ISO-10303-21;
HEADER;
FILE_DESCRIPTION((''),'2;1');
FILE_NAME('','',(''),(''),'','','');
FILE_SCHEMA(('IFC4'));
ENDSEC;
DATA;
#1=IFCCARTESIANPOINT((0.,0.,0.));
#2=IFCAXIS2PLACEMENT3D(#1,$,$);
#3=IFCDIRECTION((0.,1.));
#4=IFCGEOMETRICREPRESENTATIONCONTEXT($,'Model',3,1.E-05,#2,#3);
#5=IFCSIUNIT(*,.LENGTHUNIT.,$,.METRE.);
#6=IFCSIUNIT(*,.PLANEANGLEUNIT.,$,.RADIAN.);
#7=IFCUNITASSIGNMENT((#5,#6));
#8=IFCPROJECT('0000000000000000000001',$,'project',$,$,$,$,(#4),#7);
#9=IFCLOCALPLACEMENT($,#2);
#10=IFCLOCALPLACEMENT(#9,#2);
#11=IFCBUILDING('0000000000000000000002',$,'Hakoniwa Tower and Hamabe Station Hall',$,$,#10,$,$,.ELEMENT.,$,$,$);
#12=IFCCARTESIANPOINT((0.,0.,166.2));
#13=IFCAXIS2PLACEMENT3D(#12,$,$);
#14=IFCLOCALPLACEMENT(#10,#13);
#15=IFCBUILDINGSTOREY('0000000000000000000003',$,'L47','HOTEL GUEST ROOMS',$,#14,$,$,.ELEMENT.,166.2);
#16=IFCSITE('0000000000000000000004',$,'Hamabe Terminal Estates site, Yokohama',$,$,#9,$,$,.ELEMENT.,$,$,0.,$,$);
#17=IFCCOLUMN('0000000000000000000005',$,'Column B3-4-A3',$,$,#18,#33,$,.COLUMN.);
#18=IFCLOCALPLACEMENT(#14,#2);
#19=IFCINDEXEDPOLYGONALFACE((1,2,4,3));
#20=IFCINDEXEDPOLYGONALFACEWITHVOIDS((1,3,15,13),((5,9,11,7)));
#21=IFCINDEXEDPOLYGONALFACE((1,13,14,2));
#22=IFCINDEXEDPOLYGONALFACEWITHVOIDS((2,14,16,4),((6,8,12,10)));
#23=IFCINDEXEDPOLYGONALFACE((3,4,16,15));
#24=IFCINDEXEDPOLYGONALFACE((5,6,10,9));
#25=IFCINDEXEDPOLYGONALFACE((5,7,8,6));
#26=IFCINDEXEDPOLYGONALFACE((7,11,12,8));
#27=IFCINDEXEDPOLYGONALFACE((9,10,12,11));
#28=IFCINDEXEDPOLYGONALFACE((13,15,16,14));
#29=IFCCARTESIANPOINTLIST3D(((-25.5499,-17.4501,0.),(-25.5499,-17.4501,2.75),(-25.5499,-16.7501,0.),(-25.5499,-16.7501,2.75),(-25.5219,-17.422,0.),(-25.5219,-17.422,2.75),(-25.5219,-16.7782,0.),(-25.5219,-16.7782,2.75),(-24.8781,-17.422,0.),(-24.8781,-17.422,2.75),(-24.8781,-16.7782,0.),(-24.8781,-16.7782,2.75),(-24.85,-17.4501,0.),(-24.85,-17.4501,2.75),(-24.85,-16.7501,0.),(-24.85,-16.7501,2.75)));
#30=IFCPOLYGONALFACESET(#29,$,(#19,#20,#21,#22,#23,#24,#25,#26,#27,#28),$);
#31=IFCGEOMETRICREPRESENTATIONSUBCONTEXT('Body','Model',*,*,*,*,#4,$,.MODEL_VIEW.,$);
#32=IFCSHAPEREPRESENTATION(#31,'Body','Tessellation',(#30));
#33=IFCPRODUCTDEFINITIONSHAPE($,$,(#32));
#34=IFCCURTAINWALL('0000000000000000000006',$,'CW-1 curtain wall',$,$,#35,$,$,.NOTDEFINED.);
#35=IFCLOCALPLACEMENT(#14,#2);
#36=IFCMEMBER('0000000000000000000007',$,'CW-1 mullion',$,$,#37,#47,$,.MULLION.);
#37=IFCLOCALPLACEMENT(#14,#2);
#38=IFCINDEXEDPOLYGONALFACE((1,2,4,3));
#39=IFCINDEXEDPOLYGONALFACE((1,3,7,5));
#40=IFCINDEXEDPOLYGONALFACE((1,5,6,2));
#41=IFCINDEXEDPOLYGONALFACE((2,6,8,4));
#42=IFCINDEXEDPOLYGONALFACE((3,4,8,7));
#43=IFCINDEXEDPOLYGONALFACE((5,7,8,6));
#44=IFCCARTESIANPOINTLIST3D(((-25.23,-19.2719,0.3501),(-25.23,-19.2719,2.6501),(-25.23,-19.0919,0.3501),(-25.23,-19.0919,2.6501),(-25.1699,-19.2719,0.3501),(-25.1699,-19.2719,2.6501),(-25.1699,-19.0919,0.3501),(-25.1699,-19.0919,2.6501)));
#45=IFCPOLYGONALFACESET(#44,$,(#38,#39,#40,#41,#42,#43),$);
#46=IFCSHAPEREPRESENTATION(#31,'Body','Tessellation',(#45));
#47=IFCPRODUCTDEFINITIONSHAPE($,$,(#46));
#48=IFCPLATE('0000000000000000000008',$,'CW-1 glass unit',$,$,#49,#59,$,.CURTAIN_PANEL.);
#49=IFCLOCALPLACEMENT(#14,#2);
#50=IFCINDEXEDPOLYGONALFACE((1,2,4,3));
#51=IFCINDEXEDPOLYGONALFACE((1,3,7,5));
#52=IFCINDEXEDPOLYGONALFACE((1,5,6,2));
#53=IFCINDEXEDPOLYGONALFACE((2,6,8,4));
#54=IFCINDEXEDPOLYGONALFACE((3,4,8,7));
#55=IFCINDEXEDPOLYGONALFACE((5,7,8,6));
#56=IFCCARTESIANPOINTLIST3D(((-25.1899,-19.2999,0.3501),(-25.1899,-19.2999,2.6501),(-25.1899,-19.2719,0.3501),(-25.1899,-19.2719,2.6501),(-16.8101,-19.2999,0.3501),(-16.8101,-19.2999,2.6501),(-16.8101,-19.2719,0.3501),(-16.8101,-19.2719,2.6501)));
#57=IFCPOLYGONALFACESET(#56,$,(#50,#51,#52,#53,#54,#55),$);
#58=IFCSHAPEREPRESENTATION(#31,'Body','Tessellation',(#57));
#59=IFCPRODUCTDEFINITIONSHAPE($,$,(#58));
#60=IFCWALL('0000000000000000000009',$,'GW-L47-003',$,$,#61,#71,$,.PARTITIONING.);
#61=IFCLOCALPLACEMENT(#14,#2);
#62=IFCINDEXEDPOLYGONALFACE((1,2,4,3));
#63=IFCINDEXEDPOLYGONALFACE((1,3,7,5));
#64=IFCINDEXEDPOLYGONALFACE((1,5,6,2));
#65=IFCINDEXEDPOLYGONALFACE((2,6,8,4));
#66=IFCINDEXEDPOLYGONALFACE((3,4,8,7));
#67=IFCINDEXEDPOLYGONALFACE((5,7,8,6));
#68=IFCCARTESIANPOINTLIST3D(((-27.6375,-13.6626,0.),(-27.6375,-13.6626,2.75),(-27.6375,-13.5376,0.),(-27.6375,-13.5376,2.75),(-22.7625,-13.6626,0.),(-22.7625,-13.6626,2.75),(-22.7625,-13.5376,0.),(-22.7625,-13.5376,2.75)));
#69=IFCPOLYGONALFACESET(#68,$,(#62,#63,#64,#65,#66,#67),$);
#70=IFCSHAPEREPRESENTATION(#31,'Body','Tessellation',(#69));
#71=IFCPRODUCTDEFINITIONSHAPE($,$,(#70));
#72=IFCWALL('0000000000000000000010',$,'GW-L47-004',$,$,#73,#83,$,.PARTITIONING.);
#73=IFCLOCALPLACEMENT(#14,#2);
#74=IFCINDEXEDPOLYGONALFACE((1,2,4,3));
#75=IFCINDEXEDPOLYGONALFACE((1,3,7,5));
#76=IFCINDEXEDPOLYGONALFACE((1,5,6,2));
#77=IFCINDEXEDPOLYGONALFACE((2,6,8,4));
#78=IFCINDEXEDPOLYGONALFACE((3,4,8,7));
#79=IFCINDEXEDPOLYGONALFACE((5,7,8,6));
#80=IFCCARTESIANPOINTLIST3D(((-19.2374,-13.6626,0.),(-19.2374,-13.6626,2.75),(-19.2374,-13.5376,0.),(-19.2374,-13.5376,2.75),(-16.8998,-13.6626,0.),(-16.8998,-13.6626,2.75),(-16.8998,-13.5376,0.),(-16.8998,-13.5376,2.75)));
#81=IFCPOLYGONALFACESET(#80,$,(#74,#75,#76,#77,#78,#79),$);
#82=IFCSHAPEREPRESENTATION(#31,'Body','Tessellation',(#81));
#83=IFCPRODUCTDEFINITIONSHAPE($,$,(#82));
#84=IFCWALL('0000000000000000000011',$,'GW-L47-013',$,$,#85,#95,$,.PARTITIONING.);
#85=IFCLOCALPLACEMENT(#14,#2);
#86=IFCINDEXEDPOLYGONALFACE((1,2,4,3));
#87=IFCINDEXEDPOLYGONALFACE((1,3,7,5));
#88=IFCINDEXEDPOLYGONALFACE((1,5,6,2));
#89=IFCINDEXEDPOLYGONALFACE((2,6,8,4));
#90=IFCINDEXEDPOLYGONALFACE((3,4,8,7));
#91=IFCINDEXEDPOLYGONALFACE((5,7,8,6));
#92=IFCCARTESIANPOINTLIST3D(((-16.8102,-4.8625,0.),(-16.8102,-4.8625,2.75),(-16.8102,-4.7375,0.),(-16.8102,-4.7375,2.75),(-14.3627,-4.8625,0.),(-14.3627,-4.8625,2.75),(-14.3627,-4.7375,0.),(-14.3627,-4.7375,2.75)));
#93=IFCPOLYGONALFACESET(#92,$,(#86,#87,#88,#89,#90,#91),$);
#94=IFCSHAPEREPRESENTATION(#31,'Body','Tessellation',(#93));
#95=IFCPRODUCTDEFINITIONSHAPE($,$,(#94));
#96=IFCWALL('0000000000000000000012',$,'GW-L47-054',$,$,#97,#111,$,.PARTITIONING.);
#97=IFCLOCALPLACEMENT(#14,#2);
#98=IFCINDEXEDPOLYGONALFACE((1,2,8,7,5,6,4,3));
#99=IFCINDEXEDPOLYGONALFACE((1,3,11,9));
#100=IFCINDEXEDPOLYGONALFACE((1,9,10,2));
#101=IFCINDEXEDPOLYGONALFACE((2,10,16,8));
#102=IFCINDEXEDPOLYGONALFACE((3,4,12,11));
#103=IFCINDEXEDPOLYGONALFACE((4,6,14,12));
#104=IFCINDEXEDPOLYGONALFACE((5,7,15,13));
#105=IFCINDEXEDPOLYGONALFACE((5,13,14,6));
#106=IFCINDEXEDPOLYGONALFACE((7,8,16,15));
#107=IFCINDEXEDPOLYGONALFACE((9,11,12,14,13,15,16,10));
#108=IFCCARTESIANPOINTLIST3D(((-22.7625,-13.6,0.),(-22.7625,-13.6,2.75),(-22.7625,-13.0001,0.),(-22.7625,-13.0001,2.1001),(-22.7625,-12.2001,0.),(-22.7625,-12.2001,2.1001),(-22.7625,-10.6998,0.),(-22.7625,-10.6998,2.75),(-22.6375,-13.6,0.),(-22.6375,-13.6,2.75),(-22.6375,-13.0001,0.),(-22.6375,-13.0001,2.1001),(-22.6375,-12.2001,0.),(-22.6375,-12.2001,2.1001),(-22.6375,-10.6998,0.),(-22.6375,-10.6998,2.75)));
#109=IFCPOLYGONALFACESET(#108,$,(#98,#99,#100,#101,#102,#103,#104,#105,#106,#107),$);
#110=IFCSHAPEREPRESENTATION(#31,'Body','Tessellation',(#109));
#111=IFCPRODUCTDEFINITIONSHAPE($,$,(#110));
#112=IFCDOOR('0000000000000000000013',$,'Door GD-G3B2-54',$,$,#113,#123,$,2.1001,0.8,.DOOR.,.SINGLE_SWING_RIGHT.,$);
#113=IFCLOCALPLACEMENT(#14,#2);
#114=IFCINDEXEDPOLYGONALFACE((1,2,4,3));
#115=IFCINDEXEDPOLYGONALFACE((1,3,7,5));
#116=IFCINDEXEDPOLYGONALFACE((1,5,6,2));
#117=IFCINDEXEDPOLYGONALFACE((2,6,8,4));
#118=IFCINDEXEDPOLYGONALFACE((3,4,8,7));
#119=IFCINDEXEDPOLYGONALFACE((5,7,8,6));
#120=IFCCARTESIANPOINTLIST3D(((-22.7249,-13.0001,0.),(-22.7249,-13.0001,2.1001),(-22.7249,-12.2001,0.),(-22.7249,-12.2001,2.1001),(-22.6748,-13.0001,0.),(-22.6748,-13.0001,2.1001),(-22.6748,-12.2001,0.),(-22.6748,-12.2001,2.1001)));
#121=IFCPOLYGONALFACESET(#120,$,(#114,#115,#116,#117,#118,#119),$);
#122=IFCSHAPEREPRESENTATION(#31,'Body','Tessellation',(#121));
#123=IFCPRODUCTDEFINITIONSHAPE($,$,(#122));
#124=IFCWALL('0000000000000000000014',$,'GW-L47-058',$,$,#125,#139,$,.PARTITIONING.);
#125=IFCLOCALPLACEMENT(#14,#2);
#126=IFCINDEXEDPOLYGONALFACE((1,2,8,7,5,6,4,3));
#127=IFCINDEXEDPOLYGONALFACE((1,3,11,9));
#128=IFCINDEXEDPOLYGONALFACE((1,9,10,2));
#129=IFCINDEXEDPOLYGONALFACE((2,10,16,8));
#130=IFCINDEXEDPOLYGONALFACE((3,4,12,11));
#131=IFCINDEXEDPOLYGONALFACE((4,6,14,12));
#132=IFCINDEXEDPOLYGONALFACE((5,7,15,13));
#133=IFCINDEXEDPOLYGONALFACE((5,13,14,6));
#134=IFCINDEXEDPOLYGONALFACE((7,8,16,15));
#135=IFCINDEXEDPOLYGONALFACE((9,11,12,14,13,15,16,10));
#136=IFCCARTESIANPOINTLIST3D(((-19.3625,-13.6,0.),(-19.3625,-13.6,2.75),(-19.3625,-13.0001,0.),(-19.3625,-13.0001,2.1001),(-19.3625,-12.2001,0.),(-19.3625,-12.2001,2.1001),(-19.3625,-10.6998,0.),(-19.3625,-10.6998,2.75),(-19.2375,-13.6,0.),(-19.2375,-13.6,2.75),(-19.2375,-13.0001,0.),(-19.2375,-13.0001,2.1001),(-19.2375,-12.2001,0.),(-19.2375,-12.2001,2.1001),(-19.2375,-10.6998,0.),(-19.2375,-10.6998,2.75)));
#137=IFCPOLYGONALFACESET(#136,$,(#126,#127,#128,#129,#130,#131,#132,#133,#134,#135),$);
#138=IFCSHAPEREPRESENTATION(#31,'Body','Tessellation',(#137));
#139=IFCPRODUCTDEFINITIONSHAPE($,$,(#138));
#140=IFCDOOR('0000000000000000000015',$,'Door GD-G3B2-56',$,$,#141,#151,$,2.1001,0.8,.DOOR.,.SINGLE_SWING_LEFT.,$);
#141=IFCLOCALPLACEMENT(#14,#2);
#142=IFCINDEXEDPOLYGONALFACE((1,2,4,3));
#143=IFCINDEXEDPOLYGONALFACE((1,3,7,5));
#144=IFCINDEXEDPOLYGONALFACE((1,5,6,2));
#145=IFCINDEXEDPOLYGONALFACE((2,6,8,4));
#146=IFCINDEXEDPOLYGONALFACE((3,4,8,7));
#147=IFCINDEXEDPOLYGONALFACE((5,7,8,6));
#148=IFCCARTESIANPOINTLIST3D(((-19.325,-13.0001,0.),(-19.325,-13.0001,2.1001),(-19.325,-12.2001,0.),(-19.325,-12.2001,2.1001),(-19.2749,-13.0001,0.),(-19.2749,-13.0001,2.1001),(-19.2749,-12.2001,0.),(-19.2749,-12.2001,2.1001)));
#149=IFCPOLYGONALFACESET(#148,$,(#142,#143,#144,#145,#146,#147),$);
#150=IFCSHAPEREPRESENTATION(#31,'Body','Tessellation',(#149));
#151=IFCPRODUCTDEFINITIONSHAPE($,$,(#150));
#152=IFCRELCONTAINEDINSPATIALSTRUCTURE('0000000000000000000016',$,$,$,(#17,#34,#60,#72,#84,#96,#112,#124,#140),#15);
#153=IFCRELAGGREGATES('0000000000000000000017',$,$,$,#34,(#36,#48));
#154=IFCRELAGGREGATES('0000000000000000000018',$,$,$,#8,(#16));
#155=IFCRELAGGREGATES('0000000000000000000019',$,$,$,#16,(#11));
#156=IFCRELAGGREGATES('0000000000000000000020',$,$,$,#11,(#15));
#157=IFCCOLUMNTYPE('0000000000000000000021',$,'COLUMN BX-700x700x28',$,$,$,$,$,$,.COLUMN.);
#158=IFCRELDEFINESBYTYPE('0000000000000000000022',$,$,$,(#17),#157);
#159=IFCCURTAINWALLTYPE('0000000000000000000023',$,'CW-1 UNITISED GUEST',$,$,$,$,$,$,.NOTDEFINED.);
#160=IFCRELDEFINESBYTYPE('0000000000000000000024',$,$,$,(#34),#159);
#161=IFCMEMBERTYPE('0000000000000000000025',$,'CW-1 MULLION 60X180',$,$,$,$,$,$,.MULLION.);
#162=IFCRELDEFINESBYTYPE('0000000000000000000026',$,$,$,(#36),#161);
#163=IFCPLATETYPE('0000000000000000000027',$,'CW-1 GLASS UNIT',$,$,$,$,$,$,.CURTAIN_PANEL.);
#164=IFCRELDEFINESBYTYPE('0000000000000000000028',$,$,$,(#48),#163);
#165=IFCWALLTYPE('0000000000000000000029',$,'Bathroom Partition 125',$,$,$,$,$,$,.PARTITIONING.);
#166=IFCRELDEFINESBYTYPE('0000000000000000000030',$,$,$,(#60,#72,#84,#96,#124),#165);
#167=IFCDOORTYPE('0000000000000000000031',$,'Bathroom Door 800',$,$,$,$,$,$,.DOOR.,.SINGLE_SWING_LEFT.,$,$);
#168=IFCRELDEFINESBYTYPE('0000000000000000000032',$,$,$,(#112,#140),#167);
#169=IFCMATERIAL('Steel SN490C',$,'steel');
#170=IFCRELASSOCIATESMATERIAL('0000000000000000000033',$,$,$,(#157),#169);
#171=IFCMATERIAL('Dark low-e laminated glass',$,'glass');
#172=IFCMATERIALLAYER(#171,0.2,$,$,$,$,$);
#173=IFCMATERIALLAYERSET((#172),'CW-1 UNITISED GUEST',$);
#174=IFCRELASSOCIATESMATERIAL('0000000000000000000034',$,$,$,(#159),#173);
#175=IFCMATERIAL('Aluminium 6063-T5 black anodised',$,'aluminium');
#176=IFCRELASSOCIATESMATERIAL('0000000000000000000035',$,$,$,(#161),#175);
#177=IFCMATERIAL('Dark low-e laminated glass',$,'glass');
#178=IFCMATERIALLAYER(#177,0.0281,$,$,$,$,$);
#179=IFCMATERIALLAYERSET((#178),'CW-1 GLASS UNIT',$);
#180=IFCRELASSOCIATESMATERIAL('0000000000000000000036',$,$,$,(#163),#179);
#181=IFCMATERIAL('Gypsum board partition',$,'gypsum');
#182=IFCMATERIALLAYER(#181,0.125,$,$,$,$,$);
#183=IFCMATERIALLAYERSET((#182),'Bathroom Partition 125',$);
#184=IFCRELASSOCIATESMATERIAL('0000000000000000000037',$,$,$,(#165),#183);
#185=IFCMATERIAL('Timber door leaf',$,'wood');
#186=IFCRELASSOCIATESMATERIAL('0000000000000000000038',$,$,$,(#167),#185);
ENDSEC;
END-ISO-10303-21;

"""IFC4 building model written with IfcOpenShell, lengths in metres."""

from ifc_helpers import new_model, si_unit, direction, frame, frame_2d, origin, origin_2d, place, context, subcontext, project, spatial, rectangle, hollow_rectangle, extrude, material, layer, layer_set, material_profile, profile_set, type_object, element, fill, aggregate, save


model = new_model("IFC4")

# Units and contexts
model_context = context("Model", 3, precision=1e-05, world=origin(), true_north=direction((0.0, 1.0)))
body_context = subcontext(model_context, "Body", "Model", "MODEL_VIEW")
ifc_project = project(units=[si_unit("LENGTHUNIT", "METRE"), si_unit("PLANEANGLEUNIT", "RADIAN")], contexts=[model_context])

# Site, building, storey
site_placement = place(None, origin())
site = spatial("IfcSite", under=ifc_project, at=site_placement, Name="Hamabe Terminal Estates site, Yokohama", CompositionType="ELEMENT", RefElevation=0.0)
building_placement = place(site_placement, origin())
building = spatial("IfcBuilding", under=site, at=building_placement, Name="Hakoniwa Tower and Hamabe Station Hall", CompositionType="ELEMENT")
storey_placement = place(building_placement, frame((0.0, 0.0, 166.2)))
storey = spatial("IfcBuildingStorey", under=building, at=storey_placement, Name="L47", Description="HOTEL GUEST ROOMS", CompositionType="ELEMENT", Elevation=166.2)

# Column
ifc_material_1 = material(Name="Steel SN490C", Category="steel")
ifc_material_profile_1 = material_profile(ifc_material_1, hollow_rectangle(XDim=0.7, YDim=0.7, WallThickness=0.0281, at=origin_2d()), Name="BX-700x700x28")
ifc_profile_set_1 = profile_set([ifc_material_profile_1], Name="Steel SN490C")
column_type = type_object("IfcColumnType", Name="COLUMN BX-700x700x28", PredefinedType="COLUMN", material=ifc_profile_set_1)
column_placement = place(storey_placement, frame((-25.2, -17.1001, 0.0), z_axis=(0.0, 0.0, 1.0), x_axis=(1.0, 0.0, 0.0)))
element("IfcColumn", 1, at=column_placement, inside=storey, type_object=column_type, Name="Column B3-4-A3", PredefinedType="COLUMN", context=body_context, shape_type="SweptSolid", body=[
    extrude(hollow_rectangle(XDim=0.7, YDim=0.7, WallThickness=0.0281, at=origin_2d()), origin(), (0.0, 0.0, 1.0), 2.75),
])

# Curtain wall, member, plate
ifc_material_2 = material(Name="Dark low-e laminated glass", Category="glass")
ifc_layer_1 = layer(ifc_material_2, 0.2)
ifc_layer_set_1 = layer_set([ifc_layer_1], Name="CW-1 UNITISED GUEST")
curtain_wall_type = type_object("IfcCurtainWallType", Name="CW-1 UNITISED GUEST", PredefinedType="NOTDEFINED", material=ifc_layer_set_1)
curtain_wall_placement = place(storey_placement, origin())
curtain_wall = element("IfcCurtainWall", 2, at=curtain_wall_placement, inside=storey, type_object=curtain_wall_type, Name="CW-1 curtain wall", PredefinedType="NOTDEFINED")
ifc_material_3 = material(Name="Aluminium 6063-T5 black anodised", Category="aluminium")
ifc_material_profile_2 = material_profile(ifc_material_3, rectangle(XDim=0.0601, YDim=0.1799, at=origin_2d()), Name="CW-1 MULLION 60X180")
ifc_profile_set_2 = profile_set([ifc_material_profile_2], Name="Aluminium 6063-T5 black anodised")
member_type = type_object("IfcMemberType", Name="CW-1 MULLION 60X180", PredefinedType="MULLION", material=ifc_profile_set_2)
member_placement = place(storey_placement, frame((-25.2, -19.1819, 0.3501), z_axis=(0.0, 0.0, 1.0), x_axis=(1.0, 0.0, 0.0)))
member = element("IfcMember", 3, at=member_placement, type_object=member_type, Name="CW-1 mullion", PredefinedType="MULLION", context=body_context, shape_type="SweptSolid", body=[
    extrude(rectangle(XDim=0.0601, YDim=0.1799, at=origin_2d()), origin(), (0.0, 0.0, 1.0), 2.3),
])
ifc_material_4 = material(Name="Dark low-e laminated glass", Category="glass")
ifc_layer_2 = layer(ifc_material_4, 0.0281)
ifc_layer_set_2 = layer_set([ifc_layer_2], Name="CW-1 GLASS UNIT")
plate_type = type_object("IfcPlateType", Name="CW-1 GLASS UNIT", PredefinedType="CURTAIN_PANEL", material=ifc_layer_set_2)
plate_placement = place(storey_placement, frame((-21.0, -19.2859, 0.3501), z_axis=(0.0, 0.0, 1.0), x_axis=(1.0, 0.0, 0.0)))
plate = element("IfcPlate", 4, at=plate_placement, type_object=plate_type, Name="CW-1 glass unit", PredefinedType="CURTAIN_PANEL", context=body_context, shape_type="SweptSolid", body=[
    extrude(rectangle(XDim=8.3799, YDim=0.0281, at=origin_2d()), origin(), (0.0, 0.0, 1.0), 2.3),
])
aggregate(curtain_wall, [member, plate])

# Walls
ifc_material_5 = material(Name="Gypsum board partition", Category="gypsum")
ifc_layer_3 = layer(ifc_material_5, 0.125)
ifc_layer_set_3 = layer_set([ifc_layer_3], Name="Bathroom Partition 125")
wall_type_1 = type_object("IfcWallType", Name="Bathroom Partition 125", PredefinedType="PARTITIONING", material=ifc_layer_set_3)
wall_1_placement = place(storey_placement, frame((-27.6375, -13.6001, 0.0), z_axis=(0.0, 0.0, 1.0), x_axis=(1.0, 0.0, 0.0)))
element("IfcWall", 5, at=wall_1_placement, inside=storey, type_object=wall_type_1, Name="GW-L47-003", PredefinedType="PARTITIONING", context=body_context, shape_type="SweptSolid", body=[
    extrude(rectangle(XDim=4.875, YDim=0.125, at=frame_2d((2.4375, 0.0))), origin(), (0.0, 0.0, 1.0), 2.75),
])
wall_2_placement = place(storey_placement, frame((-19.2375, -13.6001, 0.0), z_axis=(0.0, 0.0, 1.0), x_axis=(1.0, 0.0, 0.0)))
element("IfcWall", 6, at=wall_2_placement, inside=storey, type_object=wall_type_1, Name="GW-L47-004", PredefinedType="PARTITIONING", context=body_context, shape_type="SweptSolid", body=[
    extrude(rectangle(XDim=2.3376, YDim=0.125, at=frame_2d((1.1689, 0.0))), origin(), (0.0, 0.0, 1.0), 2.75),
])
wall_3_placement = place(storey_placement, frame((-16.8101, -4.8, 0.0), z_axis=(0.0, 0.0, 1.0), x_axis=(1.0, 0.0, 0.0)))
element("IfcWall", 7, at=wall_3_placement, inside=storey, type_object=wall_type_1, Name="GW-L47-013", PredefinedType="PARTITIONING", context=body_context, shape_type="SweptSolid", body=[
    extrude(rectangle(XDim=2.4475, YDim=0.125, at=frame_2d((1.2236, 0.0))), origin(), (0.0, 0.0, 1.0), 2.75),
])

# Walls, openings, doors
wall_4_placement = place(storey_placement, frame((-22.7, -13.6001, 0.0), z_axis=(0.0, 0.0, 1.0), x_axis=(0.0, 1.0, 0.0)))
wall_4 = element("IfcWall", 8, at=wall_4_placement, inside=storey, type_object=wall_type_1, Name="GW-L47-054", PredefinedType="PARTITIONING", context=body_context, shape_type="SweptSolid", body=[
    extrude(rectangle(XDim=2.9001, YDim=0.125, at=frame_2d((1.4502, 0.0))), origin(), (0.0, 0.0, 1.0), 2.75),
])
opening_1_placement = place(wall_4_placement, frame((0.6001, 0.0, 0.0)))
opening_1 = element("IfcOpeningElement", 9, at=opening_1_placement, cuts=wall_4, PredefinedType="OPENING", context=body_context, shape_type="SweptSolid", body=[
    extrude(rectangle(XDim=0.8, YDim=2.1001, at=frame_2d((0.3999, 1.05))), frame((0.0, 0.0725, 0.0), z_axis=(0.0, -1.0, 0.0), x_axis=(1.0, 0.0, 0.0)), (0.0, 0.0, 1.0), 0.145),
])
ifc_material_6 = material(Name="Timber door leaf", Category="wood")
door_type_1 = type_object("IfcDoorType", Name="Bathroom Door 800", OperationType="SINGLE_SWING_LEFT", PredefinedType="DOOR", material=ifc_material_6)
door_1_placement = place(opening_1_placement, origin())
door_1 = element("IfcDoor", 10, at=door_1_placement, inside=storey, type_object=door_type_1, Name="Door GD-G3B2-54", OperationType="SINGLE_SWING_RIGHT", OverallHeight=2.1001, OverallWidth=0.8, PredefinedType="DOOR", context=body_context, shape_type="SweptSolid", body=[
    extrude(rectangle(XDim=0.8, YDim=2.1001, at=frame_2d((0.3999, 1.05))), frame((0.0, 0.0249, 0.0), z_axis=(0.0, -1.0, 0.0), x_axis=(1.0, 0.0, 0.0)), (0.0, 0.0, 1.0), 0.05),
])
fill(opening_1, door_1)
wall_5_placement = place(storey_placement, frame((-19.3, -13.6001, 0.0), z_axis=(0.0, 0.0, 1.0), x_axis=(0.0, 1.0, 0.0)))
wall_5 = element("IfcWall", 11, at=wall_5_placement, inside=storey, type_object=wall_type_1, Name="GW-L47-058", PredefinedType="PARTITIONING", context=body_context, shape_type="SweptSolid", body=[
    extrude(rectangle(XDim=2.9001, YDim=0.125, at=frame_2d((1.4502, 0.0))), origin(), (0.0, 0.0, 1.0), 2.75),
])
opening_2_placement = place(wall_5_placement, frame((0.6001, 0.0, 0.0)))
opening_2 = element("IfcOpeningElement", 12, at=opening_2_placement, cuts=wall_5, PredefinedType="OPENING", context=body_context, shape_type="SweptSolid", body=[
    extrude(rectangle(XDim=0.8, YDim=2.1001, at=frame_2d((0.3999, 1.05))), frame((0.0, 0.0725, 0.0), z_axis=(0.0, -1.0, 0.0), x_axis=(1.0, 0.0, 0.0)), (0.0, 0.0, 1.0), 0.145),
])
door_2_placement = place(opening_2_placement, origin())
door_2 = element("IfcDoor", 13, at=door_2_placement, inside=storey, type_object=door_type_1, Name="Door GD-G3B2-56", OperationType="SINGLE_SWING_LEFT", OverallHeight=2.1001, OverallWidth=0.8, PredefinedType="DOOR", context=body_context, shape_type="SweptSolid", body=[
    extrude(rectangle(XDim=0.8, YDim=2.1001, at=frame_2d((0.3999, 1.05))), frame((0.0, 0.0249, 0.0), z_axis=(0.0, -1.0, 0.0), x_axis=(1.0, 0.0, 0.0)), (0.0, 0.0, 1.0), 0.05),
])
fill(opening_2, door_2)

save(model, "model.ifc")
